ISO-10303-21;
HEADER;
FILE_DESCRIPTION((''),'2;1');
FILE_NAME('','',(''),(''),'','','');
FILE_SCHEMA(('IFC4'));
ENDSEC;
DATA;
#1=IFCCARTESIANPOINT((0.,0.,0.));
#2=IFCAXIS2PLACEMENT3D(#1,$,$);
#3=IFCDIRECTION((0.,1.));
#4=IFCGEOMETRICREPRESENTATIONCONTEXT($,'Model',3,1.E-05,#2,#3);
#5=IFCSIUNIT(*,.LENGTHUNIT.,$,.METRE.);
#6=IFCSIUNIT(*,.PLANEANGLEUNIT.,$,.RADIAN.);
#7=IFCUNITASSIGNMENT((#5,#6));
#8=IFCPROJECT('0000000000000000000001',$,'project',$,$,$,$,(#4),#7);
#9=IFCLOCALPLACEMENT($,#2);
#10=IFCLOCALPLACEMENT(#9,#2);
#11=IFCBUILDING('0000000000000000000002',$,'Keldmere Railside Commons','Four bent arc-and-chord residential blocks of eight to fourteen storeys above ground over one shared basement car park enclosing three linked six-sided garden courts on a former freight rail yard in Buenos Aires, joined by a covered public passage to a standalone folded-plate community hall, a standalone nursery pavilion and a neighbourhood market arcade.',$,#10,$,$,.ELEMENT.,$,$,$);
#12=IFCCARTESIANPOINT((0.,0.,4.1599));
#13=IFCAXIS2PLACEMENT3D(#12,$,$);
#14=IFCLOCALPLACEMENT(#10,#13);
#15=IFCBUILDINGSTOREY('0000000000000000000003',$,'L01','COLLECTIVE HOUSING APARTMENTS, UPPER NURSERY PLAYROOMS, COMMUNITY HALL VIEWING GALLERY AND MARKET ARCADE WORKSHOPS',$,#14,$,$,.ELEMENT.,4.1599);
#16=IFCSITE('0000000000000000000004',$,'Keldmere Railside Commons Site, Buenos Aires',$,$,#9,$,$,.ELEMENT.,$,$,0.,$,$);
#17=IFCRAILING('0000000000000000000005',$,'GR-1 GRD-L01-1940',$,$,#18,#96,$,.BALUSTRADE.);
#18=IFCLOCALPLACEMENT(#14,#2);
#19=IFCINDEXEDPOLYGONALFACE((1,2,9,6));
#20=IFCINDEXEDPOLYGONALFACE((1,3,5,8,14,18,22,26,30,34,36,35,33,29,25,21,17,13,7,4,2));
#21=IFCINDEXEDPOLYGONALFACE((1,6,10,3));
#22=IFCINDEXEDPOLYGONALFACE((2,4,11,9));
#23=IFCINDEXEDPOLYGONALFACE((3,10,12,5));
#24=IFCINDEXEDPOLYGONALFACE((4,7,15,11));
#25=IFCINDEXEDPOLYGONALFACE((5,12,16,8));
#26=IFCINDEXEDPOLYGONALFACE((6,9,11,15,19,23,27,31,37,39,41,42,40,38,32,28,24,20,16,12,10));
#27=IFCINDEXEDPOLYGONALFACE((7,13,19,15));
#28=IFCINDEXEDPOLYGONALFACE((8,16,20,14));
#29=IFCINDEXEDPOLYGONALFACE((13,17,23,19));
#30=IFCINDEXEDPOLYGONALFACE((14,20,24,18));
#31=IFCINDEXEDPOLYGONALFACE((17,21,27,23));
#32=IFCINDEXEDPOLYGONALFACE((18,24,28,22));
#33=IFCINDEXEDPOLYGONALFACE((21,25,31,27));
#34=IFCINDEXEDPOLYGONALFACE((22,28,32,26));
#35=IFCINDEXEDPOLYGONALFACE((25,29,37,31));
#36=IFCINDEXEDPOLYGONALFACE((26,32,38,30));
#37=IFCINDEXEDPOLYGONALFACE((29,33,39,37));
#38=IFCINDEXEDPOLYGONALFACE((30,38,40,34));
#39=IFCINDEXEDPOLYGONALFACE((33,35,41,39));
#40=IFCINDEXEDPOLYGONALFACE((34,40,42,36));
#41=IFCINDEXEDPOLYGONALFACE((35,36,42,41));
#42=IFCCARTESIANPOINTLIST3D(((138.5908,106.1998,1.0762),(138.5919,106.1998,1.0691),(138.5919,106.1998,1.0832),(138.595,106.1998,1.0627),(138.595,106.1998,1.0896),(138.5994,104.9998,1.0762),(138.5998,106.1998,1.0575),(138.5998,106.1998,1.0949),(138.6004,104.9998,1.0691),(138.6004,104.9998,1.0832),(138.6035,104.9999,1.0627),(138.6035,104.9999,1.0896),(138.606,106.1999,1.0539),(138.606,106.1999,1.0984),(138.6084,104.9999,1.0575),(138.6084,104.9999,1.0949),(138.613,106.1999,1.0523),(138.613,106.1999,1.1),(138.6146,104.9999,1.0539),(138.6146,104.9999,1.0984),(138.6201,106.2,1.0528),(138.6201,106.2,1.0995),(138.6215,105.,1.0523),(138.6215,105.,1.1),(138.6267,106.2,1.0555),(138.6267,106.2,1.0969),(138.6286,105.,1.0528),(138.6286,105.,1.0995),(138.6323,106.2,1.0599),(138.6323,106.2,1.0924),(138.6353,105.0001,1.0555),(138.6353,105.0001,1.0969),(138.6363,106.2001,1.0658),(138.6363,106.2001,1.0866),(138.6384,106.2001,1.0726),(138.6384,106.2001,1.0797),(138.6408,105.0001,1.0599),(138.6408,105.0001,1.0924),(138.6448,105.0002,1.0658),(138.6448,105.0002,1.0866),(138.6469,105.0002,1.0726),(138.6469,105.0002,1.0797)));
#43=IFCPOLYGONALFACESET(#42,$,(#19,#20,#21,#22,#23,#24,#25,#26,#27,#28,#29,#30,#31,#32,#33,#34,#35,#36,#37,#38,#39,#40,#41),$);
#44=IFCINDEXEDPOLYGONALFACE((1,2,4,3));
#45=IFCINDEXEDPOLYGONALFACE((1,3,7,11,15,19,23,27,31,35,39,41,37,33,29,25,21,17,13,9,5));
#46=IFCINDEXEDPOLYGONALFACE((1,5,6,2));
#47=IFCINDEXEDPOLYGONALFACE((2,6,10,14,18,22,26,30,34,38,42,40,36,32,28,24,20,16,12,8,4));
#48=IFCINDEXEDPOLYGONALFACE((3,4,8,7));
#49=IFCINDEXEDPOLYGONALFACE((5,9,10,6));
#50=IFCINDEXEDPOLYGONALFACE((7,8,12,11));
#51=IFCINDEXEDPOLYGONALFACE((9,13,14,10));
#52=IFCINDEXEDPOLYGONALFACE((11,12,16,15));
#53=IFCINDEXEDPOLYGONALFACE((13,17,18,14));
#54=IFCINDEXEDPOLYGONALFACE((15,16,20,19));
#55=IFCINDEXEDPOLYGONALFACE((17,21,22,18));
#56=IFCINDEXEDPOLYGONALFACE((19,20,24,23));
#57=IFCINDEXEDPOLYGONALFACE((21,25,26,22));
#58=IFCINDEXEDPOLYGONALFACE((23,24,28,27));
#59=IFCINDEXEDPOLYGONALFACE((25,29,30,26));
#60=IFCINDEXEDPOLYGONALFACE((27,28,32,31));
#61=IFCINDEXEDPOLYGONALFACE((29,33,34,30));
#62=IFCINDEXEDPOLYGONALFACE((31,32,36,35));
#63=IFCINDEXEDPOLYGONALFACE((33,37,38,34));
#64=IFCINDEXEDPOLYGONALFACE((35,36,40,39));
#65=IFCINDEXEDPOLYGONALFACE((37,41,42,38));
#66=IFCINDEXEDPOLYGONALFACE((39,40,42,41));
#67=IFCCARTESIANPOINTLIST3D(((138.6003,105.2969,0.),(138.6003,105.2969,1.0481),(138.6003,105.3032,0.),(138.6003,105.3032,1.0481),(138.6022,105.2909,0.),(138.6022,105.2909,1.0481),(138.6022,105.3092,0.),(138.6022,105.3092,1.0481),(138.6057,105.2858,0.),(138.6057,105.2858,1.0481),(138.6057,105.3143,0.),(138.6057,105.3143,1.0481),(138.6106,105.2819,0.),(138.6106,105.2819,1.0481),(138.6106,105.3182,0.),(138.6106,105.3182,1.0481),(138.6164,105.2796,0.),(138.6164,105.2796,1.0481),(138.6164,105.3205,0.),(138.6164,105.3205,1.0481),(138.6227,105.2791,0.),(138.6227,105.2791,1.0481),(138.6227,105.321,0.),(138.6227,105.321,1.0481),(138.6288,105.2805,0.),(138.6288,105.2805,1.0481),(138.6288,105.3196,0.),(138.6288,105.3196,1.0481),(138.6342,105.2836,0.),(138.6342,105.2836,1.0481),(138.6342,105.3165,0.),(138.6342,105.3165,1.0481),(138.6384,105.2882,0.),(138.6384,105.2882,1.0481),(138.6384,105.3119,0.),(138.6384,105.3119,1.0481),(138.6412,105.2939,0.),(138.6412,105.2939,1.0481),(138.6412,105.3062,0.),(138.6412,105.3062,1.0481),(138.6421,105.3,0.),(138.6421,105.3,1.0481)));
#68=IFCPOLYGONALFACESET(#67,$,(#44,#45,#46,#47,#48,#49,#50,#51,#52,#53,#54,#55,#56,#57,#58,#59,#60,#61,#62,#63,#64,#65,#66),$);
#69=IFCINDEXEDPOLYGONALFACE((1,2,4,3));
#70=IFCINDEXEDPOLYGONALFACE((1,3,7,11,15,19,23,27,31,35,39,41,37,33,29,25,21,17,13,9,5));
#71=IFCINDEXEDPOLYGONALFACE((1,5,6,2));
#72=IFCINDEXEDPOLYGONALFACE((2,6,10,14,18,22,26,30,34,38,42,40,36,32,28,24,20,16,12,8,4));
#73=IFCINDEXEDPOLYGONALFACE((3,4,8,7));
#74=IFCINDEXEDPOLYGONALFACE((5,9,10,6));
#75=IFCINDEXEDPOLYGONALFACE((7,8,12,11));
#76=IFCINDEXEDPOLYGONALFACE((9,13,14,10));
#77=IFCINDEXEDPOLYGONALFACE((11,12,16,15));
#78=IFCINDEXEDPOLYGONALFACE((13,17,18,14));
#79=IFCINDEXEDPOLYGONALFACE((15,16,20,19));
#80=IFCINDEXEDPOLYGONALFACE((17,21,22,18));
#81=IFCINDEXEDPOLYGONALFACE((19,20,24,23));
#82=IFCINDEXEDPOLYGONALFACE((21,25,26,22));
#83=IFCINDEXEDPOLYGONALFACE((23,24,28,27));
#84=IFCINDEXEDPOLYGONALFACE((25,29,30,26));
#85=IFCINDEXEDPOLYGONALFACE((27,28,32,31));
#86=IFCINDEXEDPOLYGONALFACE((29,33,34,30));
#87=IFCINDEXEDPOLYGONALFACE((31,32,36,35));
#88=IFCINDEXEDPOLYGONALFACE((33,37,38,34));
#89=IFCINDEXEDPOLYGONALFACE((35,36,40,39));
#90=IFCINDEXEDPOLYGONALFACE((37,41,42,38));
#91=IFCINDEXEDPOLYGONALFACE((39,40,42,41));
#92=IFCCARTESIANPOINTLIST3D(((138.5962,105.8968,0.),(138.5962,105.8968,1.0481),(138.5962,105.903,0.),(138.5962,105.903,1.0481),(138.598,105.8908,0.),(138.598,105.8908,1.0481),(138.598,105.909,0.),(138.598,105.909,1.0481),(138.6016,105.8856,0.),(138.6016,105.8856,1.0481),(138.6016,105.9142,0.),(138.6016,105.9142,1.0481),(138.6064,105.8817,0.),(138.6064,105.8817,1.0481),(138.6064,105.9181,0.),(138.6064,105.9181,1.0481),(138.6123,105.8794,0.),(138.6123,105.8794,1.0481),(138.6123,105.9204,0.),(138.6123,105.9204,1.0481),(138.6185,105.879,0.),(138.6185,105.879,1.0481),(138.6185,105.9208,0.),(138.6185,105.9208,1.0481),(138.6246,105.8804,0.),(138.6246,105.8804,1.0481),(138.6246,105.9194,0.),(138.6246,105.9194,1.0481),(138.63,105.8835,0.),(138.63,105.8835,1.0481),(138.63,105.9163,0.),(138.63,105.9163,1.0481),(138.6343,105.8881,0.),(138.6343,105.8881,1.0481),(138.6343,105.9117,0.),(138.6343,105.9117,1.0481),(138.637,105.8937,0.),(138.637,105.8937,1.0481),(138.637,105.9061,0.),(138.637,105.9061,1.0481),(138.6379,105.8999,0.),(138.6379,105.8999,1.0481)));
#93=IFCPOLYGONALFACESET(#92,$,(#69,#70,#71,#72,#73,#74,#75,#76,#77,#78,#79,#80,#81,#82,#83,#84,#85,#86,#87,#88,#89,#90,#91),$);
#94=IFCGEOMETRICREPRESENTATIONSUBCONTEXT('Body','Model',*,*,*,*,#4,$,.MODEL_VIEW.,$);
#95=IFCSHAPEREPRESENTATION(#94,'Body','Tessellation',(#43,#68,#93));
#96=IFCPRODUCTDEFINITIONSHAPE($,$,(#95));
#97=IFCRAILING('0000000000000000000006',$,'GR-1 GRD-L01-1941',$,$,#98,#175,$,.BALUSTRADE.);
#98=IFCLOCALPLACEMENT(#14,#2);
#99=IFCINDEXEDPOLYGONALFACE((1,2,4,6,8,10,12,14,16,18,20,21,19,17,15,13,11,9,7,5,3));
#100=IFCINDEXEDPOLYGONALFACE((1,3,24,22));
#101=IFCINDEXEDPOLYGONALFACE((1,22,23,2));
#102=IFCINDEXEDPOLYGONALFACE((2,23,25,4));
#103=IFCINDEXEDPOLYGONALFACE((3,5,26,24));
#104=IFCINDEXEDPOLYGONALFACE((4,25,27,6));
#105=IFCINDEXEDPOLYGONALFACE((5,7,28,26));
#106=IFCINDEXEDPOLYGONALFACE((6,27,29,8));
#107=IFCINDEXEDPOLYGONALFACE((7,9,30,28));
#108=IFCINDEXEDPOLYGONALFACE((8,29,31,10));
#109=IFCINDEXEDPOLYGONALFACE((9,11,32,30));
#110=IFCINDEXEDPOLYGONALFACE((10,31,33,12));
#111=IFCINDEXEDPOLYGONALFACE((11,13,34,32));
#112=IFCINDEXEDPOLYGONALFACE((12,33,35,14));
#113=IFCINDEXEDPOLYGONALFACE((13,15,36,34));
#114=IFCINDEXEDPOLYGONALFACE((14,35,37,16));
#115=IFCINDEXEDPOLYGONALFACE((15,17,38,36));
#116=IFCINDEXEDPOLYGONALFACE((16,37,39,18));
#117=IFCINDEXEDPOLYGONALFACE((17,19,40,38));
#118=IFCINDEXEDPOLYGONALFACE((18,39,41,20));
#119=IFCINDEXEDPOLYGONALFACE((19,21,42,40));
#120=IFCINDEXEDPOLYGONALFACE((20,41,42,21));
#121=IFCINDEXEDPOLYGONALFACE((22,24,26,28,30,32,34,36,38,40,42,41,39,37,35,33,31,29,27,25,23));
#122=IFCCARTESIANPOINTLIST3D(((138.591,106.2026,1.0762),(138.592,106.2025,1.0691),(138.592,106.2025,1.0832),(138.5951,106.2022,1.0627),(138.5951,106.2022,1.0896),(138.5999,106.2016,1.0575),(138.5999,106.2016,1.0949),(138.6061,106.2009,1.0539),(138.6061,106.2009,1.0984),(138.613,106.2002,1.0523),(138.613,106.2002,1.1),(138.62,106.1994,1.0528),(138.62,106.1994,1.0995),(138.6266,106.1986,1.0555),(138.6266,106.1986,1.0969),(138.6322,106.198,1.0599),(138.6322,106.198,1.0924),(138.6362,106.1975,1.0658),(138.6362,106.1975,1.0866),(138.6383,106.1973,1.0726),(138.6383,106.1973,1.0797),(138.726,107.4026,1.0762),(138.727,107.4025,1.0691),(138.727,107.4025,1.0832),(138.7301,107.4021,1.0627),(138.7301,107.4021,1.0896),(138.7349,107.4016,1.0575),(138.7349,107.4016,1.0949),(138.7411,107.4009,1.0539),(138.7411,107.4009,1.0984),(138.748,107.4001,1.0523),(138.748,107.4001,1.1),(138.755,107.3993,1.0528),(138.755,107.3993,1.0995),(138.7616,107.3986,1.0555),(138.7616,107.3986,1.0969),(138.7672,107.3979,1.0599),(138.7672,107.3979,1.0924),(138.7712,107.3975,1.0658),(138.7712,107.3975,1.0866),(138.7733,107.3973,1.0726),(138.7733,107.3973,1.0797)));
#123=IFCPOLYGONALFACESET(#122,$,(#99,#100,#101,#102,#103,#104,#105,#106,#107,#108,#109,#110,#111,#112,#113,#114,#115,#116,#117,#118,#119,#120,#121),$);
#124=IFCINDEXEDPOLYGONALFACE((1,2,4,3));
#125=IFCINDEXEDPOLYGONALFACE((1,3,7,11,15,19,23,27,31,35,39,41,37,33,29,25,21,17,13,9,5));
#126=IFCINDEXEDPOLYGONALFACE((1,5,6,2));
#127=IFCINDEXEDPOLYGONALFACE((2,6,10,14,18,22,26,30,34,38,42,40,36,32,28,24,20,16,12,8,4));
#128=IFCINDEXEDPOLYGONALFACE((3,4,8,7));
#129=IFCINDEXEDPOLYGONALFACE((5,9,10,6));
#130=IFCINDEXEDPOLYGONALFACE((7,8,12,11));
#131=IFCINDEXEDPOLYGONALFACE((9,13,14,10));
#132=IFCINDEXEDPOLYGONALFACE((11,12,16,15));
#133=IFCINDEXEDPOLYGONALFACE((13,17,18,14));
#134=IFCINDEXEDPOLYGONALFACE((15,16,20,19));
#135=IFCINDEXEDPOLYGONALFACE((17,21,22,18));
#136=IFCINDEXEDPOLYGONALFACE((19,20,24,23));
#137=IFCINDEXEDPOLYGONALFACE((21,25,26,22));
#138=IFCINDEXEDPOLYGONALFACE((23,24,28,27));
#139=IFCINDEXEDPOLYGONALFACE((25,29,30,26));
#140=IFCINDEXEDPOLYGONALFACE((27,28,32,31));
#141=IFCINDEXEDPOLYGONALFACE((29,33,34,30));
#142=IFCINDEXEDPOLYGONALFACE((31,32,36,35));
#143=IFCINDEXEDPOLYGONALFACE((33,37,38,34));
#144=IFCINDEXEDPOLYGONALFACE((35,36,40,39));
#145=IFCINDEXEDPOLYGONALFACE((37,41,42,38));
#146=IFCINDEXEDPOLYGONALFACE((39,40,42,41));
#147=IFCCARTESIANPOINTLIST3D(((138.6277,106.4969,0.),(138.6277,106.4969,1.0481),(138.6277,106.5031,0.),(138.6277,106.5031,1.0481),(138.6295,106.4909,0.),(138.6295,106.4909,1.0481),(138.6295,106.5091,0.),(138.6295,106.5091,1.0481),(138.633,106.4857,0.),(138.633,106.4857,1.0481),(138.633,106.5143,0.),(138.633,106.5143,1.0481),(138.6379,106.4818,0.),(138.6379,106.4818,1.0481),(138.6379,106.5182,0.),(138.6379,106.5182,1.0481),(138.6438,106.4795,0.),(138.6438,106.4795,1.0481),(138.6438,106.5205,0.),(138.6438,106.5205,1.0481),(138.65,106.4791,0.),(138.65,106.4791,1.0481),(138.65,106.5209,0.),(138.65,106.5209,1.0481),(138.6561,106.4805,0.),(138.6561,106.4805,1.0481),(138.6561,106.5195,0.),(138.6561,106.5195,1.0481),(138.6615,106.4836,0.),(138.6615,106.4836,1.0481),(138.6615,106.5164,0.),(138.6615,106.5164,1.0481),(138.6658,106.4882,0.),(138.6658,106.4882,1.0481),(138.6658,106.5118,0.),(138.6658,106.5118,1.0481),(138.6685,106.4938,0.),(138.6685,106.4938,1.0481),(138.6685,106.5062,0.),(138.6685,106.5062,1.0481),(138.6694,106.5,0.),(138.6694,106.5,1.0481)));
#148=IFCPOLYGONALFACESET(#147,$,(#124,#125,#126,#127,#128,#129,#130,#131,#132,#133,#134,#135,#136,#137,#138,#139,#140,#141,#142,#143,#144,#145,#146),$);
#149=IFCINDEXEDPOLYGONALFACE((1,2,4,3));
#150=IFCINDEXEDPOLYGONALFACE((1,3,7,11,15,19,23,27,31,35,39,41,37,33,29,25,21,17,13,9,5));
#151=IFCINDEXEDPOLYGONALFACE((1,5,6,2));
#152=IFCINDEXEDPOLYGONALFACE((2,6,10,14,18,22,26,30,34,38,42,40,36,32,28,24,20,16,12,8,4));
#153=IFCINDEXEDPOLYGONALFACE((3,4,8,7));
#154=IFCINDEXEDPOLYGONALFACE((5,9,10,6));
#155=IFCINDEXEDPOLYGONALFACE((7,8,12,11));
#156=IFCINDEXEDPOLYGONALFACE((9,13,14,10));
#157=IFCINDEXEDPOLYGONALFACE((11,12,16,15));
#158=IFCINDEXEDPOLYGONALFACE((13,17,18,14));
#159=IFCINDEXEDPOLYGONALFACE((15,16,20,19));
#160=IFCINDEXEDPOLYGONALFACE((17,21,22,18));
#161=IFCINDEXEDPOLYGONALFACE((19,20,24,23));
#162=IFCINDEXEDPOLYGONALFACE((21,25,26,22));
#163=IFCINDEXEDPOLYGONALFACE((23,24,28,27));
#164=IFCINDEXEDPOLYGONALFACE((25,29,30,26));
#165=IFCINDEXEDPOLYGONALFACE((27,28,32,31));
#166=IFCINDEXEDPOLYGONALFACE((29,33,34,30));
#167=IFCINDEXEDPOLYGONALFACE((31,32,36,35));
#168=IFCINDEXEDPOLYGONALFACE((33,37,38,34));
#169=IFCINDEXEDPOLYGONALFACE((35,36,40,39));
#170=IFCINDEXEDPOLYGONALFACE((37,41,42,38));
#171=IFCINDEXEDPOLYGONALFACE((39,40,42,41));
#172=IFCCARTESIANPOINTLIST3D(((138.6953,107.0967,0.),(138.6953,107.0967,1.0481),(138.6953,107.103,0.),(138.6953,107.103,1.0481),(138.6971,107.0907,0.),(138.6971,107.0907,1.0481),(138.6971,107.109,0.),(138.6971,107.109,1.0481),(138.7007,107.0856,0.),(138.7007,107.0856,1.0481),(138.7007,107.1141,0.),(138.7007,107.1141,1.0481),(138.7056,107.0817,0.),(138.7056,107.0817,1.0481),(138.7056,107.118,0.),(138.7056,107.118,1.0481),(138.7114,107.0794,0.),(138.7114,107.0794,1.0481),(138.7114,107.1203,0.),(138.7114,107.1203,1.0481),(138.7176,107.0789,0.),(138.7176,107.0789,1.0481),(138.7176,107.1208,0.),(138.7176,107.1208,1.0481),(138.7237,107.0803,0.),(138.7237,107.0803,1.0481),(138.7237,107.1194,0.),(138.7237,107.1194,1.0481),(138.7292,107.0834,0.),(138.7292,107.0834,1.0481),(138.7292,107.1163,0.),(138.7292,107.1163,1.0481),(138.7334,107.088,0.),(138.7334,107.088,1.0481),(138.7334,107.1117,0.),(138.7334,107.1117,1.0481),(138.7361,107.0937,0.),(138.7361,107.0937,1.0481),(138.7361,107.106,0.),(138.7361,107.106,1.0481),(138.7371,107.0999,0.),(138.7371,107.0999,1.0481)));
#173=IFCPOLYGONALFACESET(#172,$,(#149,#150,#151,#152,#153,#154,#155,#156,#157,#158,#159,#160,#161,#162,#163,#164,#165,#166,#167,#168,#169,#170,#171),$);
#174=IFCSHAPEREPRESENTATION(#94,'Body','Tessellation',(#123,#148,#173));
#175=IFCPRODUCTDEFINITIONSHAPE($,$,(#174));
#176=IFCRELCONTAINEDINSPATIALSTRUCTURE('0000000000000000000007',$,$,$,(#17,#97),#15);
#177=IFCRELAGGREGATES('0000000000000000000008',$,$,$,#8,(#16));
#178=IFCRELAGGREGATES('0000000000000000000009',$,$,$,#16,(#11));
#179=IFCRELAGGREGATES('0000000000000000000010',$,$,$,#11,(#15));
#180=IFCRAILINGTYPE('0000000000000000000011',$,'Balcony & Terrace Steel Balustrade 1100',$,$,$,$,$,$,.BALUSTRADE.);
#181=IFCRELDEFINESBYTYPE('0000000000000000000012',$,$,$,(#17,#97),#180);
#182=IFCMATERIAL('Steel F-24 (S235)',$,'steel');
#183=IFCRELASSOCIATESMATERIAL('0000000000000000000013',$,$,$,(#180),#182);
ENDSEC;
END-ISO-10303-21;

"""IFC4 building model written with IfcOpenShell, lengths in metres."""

from ifc_helpers import new_model, si_unit, direction, frame, origin, origin_2d, place, context, subcontext, project, spatial, circle, extrude, material, type_object, element, save


model = new_model("IFC4")

# Units and contexts
model_context = context("Model", 3, precision=1e-05, world=origin(), true_north=direction((0.0, 1.0)))
body_context = subcontext(model_context, "Body", "Model", "MODEL_VIEW")
ifc_project = project(units=[si_unit("LENGTHUNIT", "METRE"), si_unit("PLANEANGLEUNIT", "RADIAN")], contexts=[model_context])

# Site, building, storey
site_placement = place(None, origin())
site = spatial("IfcSite", under=ifc_project, at=site_placement, Name="Keldmere Railside Commons Site, Buenos Aires", CompositionType="ELEMENT", RefElevation=0.0)
building_placement = place(site_placement, origin())
building = spatial("IfcBuilding", under=site, at=building_placement, Name="Keldmere Railside Commons", Description="Four bent arc-and-chord residential blocks of eight to fourteen storeys above ground over one shared basement car park enclosing three linked six-sided garden courts on a former freight rail yard in Buenos Aires, joined by a covered public passage to a standalone folded-plate community hall, a standalone nursery pavilion and a neighbourhood market arcade.", CompositionType="ELEMENT")
storey_placement = place(building_placement, frame((0.0, 0.0, 4.1599)))
storey = spatial("IfcBuildingStorey", under=building, at=storey_placement, Name="L01", Description="COLLECTIVE HOUSING APARTMENTS, UPPER NURSERY PLAYROOMS, COMMUNITY HALL VIEWING GALLERY AND MARKET ARCADE WORKSHOPS", CompositionType="ELEMENT", Elevation=4.1599)

# Railings
ifc_material_1 = material(Name="Steel F-24 (S235)", Category="steel")
railing_type = type_object("IfcRailingType", Name="Balcony & Terrace Steel Balustrade 1100", PredefinedType="BALUSTRADE", material=ifc_material_1)
railing_1_placement = place(storey_placement, frame((138.6233, 105.0, 0.0)))
element("IfcRailing", 1, at=railing_1_placement, inside=storey, type_object=railing_type, Name="GR-1 GRD-L01-1940", PredefinedType="BALUSTRADE", context=body_context, shape_type="SweptSolid", body=[
    extrude(circle(Radius=0.0239, at=origin_2d()), frame((0.0, 0.0, 1.0762), z_axis=(-0.007121, 0.999975, 0.0), x_axis=(-0.999975, -0.007121, 0.0)), (0.0, 0.0, 1.0), 1.2),
    extrude(circle(Radius=0.021, at=origin_2d()), frame((-0.0022, 0.3, 0.0)), (0.0, 0.0, 1.0), 1.0481),
    extrude(circle(Radius=0.021, at=origin_2d()), frame((-0.0063, 0.8999, 0.0)), (0.0, 0.0, 1.0), 1.0481),
])
railing_2_placement = place(storey_placement, frame((138.6147, 106.2, 0.0)))
element("IfcRailing", 2, at=railing_2_placement, inside=storey, type_object=railing_type, Name="GR-1 GRD-L01-1941", PredefinedType="BALUSTRADE", context=body_context, shape_type="SweptSolid", body=[
    extrude(circle(Radius=0.0239, at=origin_2d()), frame((0.0, 0.0, 1.0762), z_axis=(0.111807, 0.99373, 0.0), x_axis=(-0.99373, 0.111807, 0.0)), (0.0, 0.0, 1.0), 1.2075),
    extrude(circle(Radius=0.021, at=origin_2d()), frame((0.0337, 0.3, 0.0)), (0.0, 0.0, 1.0), 1.0481),
    extrude(circle(Radius=0.021, at=origin_2d()), frame((0.1013, 0.8999, 0.0)), (0.0, 0.0, 1.0), 1.0481),
])

save(model, "model.ifc")
